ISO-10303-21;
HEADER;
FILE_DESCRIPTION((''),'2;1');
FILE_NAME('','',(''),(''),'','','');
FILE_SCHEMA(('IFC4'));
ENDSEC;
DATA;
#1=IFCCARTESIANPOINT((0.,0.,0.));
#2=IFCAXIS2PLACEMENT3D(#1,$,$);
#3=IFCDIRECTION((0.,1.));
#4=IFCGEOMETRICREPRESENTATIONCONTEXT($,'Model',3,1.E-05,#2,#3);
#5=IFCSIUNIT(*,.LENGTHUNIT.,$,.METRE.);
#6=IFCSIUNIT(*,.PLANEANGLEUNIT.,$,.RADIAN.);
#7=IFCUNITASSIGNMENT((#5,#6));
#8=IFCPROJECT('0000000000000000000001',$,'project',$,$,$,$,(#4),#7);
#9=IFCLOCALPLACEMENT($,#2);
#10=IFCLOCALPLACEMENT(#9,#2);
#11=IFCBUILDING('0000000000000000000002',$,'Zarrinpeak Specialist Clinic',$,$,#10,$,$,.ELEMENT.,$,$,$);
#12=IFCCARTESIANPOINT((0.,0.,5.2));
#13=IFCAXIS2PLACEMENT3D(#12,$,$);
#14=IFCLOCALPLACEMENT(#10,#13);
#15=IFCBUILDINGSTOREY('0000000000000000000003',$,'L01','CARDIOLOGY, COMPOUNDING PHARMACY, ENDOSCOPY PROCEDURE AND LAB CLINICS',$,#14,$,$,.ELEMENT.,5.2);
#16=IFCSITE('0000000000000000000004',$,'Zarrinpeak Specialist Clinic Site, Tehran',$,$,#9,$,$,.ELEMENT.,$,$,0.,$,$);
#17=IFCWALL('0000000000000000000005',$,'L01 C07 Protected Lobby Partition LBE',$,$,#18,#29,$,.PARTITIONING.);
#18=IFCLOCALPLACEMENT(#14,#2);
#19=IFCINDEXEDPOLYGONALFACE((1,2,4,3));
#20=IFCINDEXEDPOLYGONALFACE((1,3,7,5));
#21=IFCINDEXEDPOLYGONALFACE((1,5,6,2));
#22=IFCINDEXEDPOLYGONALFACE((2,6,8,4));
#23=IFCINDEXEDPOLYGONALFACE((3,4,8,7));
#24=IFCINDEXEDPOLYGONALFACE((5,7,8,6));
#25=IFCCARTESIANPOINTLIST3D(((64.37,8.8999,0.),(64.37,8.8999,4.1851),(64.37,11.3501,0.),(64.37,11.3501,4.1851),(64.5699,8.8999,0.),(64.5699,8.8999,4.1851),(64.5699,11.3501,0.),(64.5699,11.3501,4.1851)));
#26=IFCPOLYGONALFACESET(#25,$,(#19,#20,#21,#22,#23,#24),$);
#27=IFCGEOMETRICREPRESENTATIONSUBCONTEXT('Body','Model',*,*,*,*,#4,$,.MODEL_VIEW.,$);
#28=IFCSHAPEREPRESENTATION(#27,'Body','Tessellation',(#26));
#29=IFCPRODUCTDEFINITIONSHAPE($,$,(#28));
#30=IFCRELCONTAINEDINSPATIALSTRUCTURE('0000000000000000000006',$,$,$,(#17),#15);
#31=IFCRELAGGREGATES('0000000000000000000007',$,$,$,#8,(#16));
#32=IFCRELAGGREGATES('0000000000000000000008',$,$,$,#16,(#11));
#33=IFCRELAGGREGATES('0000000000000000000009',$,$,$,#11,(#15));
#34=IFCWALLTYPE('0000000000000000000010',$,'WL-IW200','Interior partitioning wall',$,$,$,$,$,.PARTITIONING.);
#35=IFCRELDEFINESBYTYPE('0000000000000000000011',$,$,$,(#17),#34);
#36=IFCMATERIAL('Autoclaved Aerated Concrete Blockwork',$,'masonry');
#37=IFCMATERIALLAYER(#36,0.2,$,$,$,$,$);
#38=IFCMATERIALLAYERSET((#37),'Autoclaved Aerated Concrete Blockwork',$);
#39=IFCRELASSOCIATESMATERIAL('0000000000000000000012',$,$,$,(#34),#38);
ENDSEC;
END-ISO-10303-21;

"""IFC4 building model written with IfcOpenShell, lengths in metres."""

from ifc_helpers import new_model, si_unit, direction, frame, frame_2d, origin, place, context, subcontext, project, spatial, rectangle, extrude, material, layer, layer_set, type_object, element, save


model = new_model("IFC4")

# Units and contexts
model_context = context("Model", 3, precision=1e-05, world=origin(), true_north=direction((0.0, 1.0)))
body_context = subcontext(model_context, "Body", "Model", "MODEL_VIEW")
ifc_project = project(units=[si_unit("LENGTHUNIT", "METRE"), si_unit("PLANEANGLEUNIT", "RADIAN")], contexts=[model_context])

# Site, building, storey
site_placement = place(None, origin())
site = spatial("IfcSite", under=ifc_project, at=site_placement, Name="Zarrinpeak Specialist Clinic Site, Tehran", CompositionType="ELEMENT", RefElevation=0.0)
building_placement = place(site_placement, origin())
building = spatial("IfcBuilding", under=site, at=building_placement, Name="Zarrinpeak Specialist Clinic", CompositionType="ELEMENT")
storey_placement = place(building_placement, frame((0.0, 0.0, 5.2)))
storey = spatial("IfcBuildingStorey", under=building, at=storey_placement, Name="L01", Description="CARDIOLOGY, COMPOUNDING PHARMACY, ENDOSCOPY PROCEDURE AND LAB CLINICS", CompositionType="ELEMENT", Elevation=5.2)

# Shared definitions
ifc_material_1 = material(Name="Autoclaved Aerated Concrete Blockwork", Category="masonry")
ifc_layer_1 = layer(ifc_material_1, 0.2)
ifc_layer_set_1 = layer_set([ifc_layer_1], Name="Autoclaved Aerated Concrete Blockwork")
wall_type_1 = type_object("IfcWallType", Name="WL-IW200", Description="Interior partitioning wall", PredefinedType="PARTITIONING", material=ifc_layer_set_1)

# Wall
wall_1_placement = place(storey_placement, frame((64.47, 8.8999, 0.0), z_axis=(0.0, 0.0, 1.0), x_axis=(0.0, 1.0, 0.0)))
element("IfcWall", 1, at=wall_1_placement, inside=storey, type_object=wall_type_1, Name="L01 C07 Protected Lobby Partition LBE", PredefinedType="PARTITIONING", context=body_context, shape_type="SweptSolid", body=[
    extrude(rectangle(XDim=2.4502, YDim=0.2, at=frame_2d((1.2251, 0.0))), origin(), (0.0, 0.0, 1.0), 4.1851),
])

save(model, "model.ifc")
